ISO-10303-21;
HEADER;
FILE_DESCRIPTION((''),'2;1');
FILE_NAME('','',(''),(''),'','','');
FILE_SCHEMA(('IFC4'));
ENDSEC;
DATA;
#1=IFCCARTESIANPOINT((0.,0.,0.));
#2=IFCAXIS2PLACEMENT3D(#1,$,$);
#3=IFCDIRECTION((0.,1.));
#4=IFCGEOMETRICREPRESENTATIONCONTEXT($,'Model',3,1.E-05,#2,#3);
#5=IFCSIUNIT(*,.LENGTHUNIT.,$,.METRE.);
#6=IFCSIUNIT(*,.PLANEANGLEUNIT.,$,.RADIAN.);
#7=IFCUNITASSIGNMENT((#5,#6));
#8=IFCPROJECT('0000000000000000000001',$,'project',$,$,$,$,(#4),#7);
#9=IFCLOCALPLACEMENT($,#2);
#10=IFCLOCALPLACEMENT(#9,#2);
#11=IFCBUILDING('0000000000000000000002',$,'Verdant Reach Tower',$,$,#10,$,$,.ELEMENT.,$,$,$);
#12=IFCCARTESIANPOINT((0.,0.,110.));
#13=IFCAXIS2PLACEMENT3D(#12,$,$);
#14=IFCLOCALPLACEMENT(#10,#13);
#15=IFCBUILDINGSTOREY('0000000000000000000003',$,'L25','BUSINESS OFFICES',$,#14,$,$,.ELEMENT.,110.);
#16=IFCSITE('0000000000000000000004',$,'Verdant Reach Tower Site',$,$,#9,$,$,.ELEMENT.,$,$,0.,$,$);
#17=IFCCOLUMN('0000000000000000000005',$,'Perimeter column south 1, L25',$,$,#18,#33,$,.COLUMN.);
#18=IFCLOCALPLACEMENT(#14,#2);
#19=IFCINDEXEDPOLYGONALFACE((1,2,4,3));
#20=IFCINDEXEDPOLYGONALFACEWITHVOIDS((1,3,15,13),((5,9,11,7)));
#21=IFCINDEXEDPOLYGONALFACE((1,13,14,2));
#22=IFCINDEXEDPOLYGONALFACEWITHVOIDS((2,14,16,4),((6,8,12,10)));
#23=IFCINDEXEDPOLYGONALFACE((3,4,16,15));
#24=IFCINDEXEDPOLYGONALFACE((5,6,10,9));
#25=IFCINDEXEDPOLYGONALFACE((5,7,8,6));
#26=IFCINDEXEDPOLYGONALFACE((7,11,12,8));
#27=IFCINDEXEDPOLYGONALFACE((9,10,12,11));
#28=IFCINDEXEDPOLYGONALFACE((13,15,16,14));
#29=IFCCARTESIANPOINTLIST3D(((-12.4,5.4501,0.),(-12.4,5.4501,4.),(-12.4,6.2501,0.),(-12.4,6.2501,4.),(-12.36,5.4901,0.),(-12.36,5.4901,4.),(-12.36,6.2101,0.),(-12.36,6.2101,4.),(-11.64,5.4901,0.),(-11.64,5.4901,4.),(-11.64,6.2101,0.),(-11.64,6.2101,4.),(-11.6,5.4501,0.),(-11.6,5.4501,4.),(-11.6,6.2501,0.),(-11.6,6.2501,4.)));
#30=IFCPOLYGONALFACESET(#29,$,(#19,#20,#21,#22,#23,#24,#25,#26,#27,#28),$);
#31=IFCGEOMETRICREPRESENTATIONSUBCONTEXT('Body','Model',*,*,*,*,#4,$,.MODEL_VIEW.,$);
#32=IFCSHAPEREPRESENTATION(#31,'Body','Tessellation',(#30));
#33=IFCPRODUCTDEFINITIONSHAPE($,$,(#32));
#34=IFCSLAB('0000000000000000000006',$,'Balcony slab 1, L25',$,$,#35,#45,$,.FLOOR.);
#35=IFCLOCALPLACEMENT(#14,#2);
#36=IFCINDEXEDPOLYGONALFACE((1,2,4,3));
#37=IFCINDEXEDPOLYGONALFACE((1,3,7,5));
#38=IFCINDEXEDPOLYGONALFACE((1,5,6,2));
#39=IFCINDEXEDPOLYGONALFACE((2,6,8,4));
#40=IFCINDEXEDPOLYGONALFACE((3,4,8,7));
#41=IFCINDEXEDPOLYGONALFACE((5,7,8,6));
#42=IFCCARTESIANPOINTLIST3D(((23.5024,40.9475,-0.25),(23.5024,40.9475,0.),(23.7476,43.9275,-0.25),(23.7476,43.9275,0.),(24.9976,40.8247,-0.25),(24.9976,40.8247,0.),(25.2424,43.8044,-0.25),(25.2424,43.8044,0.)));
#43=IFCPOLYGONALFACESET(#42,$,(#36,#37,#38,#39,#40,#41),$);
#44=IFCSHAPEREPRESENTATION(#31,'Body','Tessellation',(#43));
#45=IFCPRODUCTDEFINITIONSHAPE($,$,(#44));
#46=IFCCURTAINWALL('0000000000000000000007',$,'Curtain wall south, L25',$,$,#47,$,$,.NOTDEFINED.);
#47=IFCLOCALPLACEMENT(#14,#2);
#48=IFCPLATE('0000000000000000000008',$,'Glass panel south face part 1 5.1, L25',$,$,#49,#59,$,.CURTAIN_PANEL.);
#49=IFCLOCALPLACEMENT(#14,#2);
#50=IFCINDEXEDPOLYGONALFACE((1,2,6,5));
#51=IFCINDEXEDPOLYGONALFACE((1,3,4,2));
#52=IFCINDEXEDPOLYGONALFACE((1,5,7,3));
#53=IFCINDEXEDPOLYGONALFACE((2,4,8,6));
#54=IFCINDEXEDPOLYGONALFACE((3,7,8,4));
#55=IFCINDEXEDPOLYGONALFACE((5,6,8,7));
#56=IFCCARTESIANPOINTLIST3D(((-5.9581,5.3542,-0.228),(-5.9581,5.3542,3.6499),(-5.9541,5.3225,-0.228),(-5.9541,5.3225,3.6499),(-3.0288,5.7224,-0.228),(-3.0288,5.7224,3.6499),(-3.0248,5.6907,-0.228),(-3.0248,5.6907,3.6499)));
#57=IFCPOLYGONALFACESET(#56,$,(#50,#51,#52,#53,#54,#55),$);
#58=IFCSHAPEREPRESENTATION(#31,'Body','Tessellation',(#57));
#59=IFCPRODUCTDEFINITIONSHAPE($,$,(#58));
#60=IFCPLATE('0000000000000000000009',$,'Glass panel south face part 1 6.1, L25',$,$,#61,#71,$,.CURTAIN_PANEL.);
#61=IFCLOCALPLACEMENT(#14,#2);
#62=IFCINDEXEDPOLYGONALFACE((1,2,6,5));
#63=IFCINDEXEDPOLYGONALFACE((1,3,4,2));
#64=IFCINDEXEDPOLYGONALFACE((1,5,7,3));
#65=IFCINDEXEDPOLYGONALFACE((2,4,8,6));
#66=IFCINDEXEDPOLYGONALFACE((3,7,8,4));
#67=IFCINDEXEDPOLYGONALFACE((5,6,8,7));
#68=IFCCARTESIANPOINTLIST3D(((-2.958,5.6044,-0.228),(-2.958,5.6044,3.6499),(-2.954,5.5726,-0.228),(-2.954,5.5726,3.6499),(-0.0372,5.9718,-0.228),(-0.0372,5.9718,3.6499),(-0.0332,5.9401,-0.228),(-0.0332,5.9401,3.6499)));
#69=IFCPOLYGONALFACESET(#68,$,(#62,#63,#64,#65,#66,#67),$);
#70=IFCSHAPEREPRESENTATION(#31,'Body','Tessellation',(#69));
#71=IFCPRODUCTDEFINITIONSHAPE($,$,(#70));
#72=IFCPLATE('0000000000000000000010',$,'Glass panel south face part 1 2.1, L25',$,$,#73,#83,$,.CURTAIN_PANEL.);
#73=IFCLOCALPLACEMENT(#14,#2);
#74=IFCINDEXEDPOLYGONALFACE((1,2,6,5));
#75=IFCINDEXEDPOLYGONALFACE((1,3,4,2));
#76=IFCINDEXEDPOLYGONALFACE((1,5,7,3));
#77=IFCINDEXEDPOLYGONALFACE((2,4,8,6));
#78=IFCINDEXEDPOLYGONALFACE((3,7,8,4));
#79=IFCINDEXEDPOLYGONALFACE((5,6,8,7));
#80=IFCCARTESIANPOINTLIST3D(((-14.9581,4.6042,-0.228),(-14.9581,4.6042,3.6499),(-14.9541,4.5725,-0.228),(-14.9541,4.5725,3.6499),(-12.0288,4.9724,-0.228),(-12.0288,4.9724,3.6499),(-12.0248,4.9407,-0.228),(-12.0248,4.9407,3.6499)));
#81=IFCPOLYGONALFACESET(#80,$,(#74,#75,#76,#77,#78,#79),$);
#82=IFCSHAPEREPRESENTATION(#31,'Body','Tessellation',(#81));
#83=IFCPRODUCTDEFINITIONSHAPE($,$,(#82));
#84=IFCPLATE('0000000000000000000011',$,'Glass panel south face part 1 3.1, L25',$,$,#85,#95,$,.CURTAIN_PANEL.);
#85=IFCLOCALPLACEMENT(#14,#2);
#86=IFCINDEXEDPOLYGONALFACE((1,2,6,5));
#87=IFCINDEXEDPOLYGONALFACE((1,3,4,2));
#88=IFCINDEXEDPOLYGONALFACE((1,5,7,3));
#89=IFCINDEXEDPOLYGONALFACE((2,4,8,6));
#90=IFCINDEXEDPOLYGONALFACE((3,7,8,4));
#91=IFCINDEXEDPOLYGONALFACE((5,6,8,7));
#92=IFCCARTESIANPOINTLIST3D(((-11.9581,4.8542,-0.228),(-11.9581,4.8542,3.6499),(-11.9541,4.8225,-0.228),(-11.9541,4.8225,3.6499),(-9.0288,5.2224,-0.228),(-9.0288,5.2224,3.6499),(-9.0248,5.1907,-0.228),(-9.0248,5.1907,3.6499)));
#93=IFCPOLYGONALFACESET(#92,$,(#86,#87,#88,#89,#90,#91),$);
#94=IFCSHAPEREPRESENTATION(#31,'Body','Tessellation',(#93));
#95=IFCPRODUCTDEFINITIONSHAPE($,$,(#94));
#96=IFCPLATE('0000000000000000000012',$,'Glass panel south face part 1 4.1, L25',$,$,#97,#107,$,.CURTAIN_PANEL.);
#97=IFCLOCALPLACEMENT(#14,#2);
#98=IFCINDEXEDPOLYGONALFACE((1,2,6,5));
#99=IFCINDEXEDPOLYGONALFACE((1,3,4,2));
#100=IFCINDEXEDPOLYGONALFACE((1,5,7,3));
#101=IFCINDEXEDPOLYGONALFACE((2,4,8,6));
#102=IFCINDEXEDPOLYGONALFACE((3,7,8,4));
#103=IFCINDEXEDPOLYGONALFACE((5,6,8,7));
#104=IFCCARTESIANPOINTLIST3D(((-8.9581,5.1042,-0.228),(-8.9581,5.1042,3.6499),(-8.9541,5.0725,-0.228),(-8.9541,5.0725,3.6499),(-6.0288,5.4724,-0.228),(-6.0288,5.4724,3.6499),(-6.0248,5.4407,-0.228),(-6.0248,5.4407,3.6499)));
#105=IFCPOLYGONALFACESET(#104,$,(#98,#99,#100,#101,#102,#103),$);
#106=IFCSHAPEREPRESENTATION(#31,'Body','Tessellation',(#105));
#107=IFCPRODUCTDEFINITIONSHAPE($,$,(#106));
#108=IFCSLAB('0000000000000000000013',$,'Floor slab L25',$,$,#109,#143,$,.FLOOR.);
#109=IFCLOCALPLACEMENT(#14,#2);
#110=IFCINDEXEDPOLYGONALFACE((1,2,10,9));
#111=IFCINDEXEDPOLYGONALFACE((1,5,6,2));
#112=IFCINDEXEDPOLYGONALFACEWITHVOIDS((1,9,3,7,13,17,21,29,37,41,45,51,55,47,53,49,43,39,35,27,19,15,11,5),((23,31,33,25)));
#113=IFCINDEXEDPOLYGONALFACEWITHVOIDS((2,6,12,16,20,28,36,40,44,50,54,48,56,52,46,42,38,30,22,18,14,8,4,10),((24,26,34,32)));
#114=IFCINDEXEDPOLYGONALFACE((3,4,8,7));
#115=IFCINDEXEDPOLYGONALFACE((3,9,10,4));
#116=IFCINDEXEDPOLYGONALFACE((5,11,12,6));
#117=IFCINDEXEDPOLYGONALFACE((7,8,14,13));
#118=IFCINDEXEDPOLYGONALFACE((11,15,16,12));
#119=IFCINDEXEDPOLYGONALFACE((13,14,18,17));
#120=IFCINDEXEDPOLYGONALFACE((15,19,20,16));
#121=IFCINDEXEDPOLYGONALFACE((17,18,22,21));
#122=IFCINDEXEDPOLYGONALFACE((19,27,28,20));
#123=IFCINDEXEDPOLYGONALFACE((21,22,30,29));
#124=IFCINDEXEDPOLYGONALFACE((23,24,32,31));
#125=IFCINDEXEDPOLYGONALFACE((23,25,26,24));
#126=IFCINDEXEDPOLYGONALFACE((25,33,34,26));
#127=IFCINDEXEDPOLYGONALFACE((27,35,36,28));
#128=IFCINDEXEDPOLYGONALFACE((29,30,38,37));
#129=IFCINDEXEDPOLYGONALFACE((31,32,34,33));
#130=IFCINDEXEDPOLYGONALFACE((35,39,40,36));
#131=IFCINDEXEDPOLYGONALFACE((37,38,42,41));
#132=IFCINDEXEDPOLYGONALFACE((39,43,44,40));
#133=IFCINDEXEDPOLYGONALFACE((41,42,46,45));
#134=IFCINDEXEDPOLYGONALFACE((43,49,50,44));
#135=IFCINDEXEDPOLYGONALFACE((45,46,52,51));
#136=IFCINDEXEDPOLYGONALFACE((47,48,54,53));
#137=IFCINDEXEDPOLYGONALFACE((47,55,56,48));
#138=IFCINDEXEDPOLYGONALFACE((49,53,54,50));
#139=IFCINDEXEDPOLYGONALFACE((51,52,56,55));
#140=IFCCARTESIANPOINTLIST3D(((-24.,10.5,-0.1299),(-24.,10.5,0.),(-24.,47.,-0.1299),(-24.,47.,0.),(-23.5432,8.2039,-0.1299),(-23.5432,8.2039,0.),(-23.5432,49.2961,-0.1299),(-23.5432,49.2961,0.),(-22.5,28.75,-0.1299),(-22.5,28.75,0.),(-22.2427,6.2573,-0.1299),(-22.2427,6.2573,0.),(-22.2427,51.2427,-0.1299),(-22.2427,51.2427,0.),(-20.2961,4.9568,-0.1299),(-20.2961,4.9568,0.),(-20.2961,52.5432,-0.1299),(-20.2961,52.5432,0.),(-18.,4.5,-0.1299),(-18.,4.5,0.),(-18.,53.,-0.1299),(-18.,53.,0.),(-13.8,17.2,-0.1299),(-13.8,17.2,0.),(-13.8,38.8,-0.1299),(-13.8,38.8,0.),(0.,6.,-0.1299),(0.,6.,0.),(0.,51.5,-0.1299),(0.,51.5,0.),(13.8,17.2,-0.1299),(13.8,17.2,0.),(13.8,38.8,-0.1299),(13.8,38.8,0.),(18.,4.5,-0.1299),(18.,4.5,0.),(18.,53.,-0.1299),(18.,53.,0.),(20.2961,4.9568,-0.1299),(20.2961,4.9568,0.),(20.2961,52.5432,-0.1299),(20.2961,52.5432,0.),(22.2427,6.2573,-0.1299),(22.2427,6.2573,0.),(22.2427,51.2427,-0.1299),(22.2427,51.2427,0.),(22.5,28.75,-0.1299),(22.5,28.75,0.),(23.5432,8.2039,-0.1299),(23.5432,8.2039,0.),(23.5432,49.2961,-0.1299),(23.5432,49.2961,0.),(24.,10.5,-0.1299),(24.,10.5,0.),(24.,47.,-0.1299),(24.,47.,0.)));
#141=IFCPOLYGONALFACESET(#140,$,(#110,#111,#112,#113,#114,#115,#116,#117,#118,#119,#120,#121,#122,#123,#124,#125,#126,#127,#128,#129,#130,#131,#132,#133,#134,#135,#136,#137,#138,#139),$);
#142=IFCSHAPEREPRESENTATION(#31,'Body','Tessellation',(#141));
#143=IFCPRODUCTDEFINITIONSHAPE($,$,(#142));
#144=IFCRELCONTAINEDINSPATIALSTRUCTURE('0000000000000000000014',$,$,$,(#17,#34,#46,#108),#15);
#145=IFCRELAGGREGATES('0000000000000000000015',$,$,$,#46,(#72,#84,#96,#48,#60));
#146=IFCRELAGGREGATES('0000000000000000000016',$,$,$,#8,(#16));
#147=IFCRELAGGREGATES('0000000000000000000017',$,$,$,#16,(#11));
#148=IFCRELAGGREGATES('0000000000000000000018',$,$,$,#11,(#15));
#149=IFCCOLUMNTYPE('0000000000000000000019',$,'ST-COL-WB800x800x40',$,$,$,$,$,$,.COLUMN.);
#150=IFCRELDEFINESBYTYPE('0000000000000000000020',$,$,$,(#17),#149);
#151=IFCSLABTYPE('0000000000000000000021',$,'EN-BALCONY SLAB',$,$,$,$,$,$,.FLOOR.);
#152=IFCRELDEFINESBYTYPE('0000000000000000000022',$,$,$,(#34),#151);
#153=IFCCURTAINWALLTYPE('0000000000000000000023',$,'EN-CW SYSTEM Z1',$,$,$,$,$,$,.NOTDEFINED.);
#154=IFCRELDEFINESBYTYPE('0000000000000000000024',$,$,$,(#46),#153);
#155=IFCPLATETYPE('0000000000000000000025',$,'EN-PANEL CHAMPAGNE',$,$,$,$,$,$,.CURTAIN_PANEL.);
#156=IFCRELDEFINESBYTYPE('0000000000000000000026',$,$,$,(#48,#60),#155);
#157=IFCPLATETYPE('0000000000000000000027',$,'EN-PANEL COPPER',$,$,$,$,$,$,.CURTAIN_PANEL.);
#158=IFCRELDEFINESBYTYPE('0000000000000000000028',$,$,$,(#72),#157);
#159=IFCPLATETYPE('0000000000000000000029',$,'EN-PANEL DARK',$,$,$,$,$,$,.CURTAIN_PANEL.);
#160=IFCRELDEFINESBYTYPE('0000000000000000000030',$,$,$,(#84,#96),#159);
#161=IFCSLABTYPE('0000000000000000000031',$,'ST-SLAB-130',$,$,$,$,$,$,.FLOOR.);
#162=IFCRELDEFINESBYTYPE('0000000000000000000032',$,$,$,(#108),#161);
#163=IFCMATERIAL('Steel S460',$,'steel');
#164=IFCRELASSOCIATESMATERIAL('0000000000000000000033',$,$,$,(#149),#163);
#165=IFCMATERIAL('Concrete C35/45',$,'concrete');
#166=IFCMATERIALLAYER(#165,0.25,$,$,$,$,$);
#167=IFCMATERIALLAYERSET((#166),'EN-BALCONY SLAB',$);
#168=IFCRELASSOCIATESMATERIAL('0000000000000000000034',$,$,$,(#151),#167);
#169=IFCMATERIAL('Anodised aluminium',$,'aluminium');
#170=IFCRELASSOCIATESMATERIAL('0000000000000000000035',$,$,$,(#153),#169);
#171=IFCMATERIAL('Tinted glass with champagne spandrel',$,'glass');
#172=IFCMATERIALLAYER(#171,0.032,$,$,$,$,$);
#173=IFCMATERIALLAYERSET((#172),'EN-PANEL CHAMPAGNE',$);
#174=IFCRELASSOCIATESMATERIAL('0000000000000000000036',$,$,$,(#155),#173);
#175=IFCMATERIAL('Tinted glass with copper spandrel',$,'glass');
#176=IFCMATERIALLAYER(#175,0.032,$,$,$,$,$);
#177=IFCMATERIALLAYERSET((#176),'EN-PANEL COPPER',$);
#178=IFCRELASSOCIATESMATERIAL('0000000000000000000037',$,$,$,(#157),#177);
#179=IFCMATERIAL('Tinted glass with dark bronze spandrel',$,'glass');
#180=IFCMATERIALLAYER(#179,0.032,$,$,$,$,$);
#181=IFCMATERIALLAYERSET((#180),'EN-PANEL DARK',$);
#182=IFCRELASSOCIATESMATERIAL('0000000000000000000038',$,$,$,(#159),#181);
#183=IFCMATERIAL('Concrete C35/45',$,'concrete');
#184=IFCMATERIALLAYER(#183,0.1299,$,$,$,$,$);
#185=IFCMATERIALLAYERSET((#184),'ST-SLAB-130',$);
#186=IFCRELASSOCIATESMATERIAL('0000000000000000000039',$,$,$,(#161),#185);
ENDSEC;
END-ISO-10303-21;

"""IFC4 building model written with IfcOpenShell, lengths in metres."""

from ifc_helpers import new_model, si_unit, direction, frame, origin, origin_2d, place, context, subcontext, project, spatial, polyline, rectangle, hollow_rectangle, outline, extrude, material, layer, layer_set, material_profile, profile_set, type_object, element, aggregate, save


model = new_model("IFC4")

# Units and contexts
model_context = context("Model", 3, precision=1e-05, world=origin(), true_north=direction((0.0, 1.0)))
body_context = subcontext(model_context, "Body", "Model", "MODEL_VIEW")
ifc_project = project(units=[si_unit("LENGTHUNIT", "METRE"), si_unit("PLANEANGLEUNIT", "RADIAN")], contexts=[model_context])

# Site, building, storey
site_placement = place(None, origin())
site = spatial("IfcSite", under=ifc_project, at=site_placement, Name="Verdant Reach Tower Site", CompositionType="ELEMENT", RefElevation=0.0)
building_placement = place(site_placement, origin())
building = spatial("IfcBuilding", under=site, at=building_placement, Name="Verdant Reach Tower", CompositionType="ELEMENT")
storey_placement = place(building_placement, frame((0.0, 0.0, 110.0)))
storey = spatial("IfcBuildingStorey", under=building, at=storey_placement, Name="L25", Description="BUSINESS OFFICES", CompositionType="ELEMENT", Elevation=110.0)

# Column
ifc_material_1 = material(Name="Steel S460", Category="steel")
ifc_material_profile = material_profile(ifc_material_1, hollow_rectangle(XDim=0.8, YDim=0.8, WallThickness=0.04, at=origin_2d()), Name="WB 800x800x40")
ifc_profile_set = profile_set([ifc_material_profile], Name="Steel S460")
column_type = type_object("IfcColumnType", Name="ST-COL-WB800x800x40", PredefinedType="COLUMN", material=ifc_profile_set)
column_placement = place(storey_placement, frame((-12.0, 5.8501, 0.0), z_axis=(0.0, 0.0, 1.0), x_axis=(1.0, 0.0, 0.0)))
element("IfcColumn", 1, at=column_placement, inside=storey, type_object=column_type, Name="Perimeter column south 1, L25", PredefinedType="COLUMN", context=body_context, shape_type="SweptSolid", body=[
    extrude(hollow_rectangle(XDim=0.8, YDim=0.8, WallThickness=0.04, at=origin_2d()), origin(), (0.0, 0.0, 1.0), 4.0),
])

# Slab
ifc_material_2 = material(Name="Concrete C35/45", Category="concrete")
ifc_layer_1 = layer(ifc_material_2, 0.25)
ifc_layer_set_1 = layer_set([ifc_layer_1], Name="EN-BALCONY SLAB")
slab_type_1 = type_object("IfcSlabType", Name="EN-BALCONY SLAB", PredefinedType="FLOOR", material=ifc_layer_set_1)
slab_1_placement = place(storey_placement, frame((0.0, 0.0, -0.25)))
element("IfcSlab", 2, at=slab_1_placement, inside=storey, type_object=slab_type_1, Name="Balcony slab 1, L25", PredefinedType="FLOOR", context=body_context, shape_type="SweptSolid", body=[
    extrude(outline(polyline([(23.5024, 40.9475), (23.7476, 43.9275), (25.2424, 43.8044), (24.9976, 40.8247), (23.5024, 40.9475)])), origin(), (0.0, 0.0, 1.0), 0.25),
])

# Curtain wall, plates
ifc_material_3 = material(Name="Anodised aluminium", Category="aluminium")
curtain_wall_type = type_object("IfcCurtainWallType", Name="EN-CW SYSTEM Z1", PredefinedType="NOTDEFINED", material=ifc_material_3)
curtain_wall_placement = place(storey_placement, origin())
curtain_wall = element("IfcCurtainWall", 3, at=curtain_wall_placement, inside=storey, type_object=curtain_wall_type, Name="Curtain wall south, L25", PredefinedType="NOTDEFINED")
ifc_material_4 = material(Name="Tinted glass with champagne spandrel", Category="glass")
ifc_layer_2 = layer(ifc_material_4, 0.032)
ifc_layer_set_2 = layer_set([ifc_layer_2], Name="EN-PANEL CHAMPAGNE")
plate_type_1 = type_object("IfcPlateType", Name="EN-PANEL CHAMPAGNE", PredefinedType="CURTAIN_PANEL", material=ifc_layer_set_2)
plate_1_placement = place(storey_placement, frame((-4.4915, 5.5225, -0.228), z_axis=(0.0, 0.0, 1.0), x_axis=(0.992194, 0.124704, 0.0)))
plate_1 = element("IfcPlate", 4, at=plate_1_placement, type_object=plate_type_1, Name="Glass panel south face part 1 5.1, L25", PredefinedType="CURTAIN_PANEL", context=body_context, shape_type="SweptSolid", body=[
    extrude(rectangle(XDim=2.9524, YDim=0.032, at=origin_2d()), origin(), (0.0, 0.0, 1.0), 3.8779),
])
plate_2_placement = place(storey_placement, frame((-1.4956, 5.7722, -0.228), z_axis=(0.0, 0.0, 1.0), x_axis=(0.992179, 0.124821, 0.0)))
plate_2 = element("IfcPlate", 5, at=plate_2_placement, type_object=plate_type_1, Name="Glass panel south face part 1 6.1, L25", PredefinedType="CURTAIN_PANEL", context=body_context, shape_type="SweptSolid", body=[
    extrude(rectangle(XDim=2.9438, YDim=0.032, at=origin_2d()), origin(), (0.0, 0.0, 1.0), 3.8779),
])
ifc_material_5 = material(Name="Tinted glass with copper spandrel", Category="glass")
ifc_layer_3 = layer(ifc_material_5, 0.032)
ifc_layer_set_3 = layer_set([ifc_layer_3], Name="EN-PANEL COPPER")
plate_type_2 = type_object("IfcPlateType", Name="EN-PANEL COPPER", PredefinedType="CURTAIN_PANEL", material=ifc_layer_set_3)
plate_3_placement = place(storey_placement, frame((-13.4915, 4.7725, -0.228), z_axis=(0.0, 0.0, 1.0), x_axis=(0.992194, 0.124704, 0.0)))
plate_3 = element("IfcPlate", 6, at=plate_3_placement, type_object=plate_type_2, Name="Glass panel south face part 1 2.1, L25", PredefinedType="CURTAIN_PANEL", context=body_context, shape_type="SweptSolid", body=[
    extrude(rectangle(XDim=2.9524, YDim=0.032, at=origin_2d()), origin(), (0.0, 0.0, 1.0), 3.8779),
])
ifc_material_6 = material(Name="Tinted glass with dark bronze spandrel", Category="glass")
ifc_layer_4 = layer(ifc_material_6, 0.032)
ifc_layer_set_4 = layer_set([ifc_layer_4], Name="EN-PANEL DARK")
plate_type_3 = type_object("IfcPlateType", Name="EN-PANEL DARK", PredefinedType="CURTAIN_PANEL", material=ifc_layer_set_4)
plate_4_placement = place(storey_placement, frame((-10.4915, 5.0225, -0.228), z_axis=(0.0, 0.0, 1.0), x_axis=(0.992194, 0.124704, 0.0)))
plate_4 = element("IfcPlate", 7, at=plate_4_placement, type_object=plate_type_3, Name="Glass panel south face part 1 3.1, L25", PredefinedType="CURTAIN_PANEL", context=body_context, shape_type="SweptSolid", body=[
    extrude(rectangle(XDim=2.9524, YDim=0.032, at=origin_2d()), origin(), (0.0, 0.0, 1.0), 3.8779),
])
plate_5_placement = place(storey_placement, frame((-7.4915, 5.2725, -0.228), z_axis=(0.0, 0.0, 1.0), x_axis=(0.992194, 0.124704, 0.0)))
plate_5 = element("IfcPlate", 8, at=plate_5_placement, type_object=plate_type_3, Name="Glass panel south face part 1 4.1, L25", PredefinedType="CURTAIN_PANEL", context=body_context, shape_type="SweptSolid", body=[
    extrude(rectangle(XDim=2.9524, YDim=0.032, at=origin_2d()), origin(), (0.0, 0.0, 1.0), 3.8779),
])
aggregate(curtain_wall, [plate_3, plate_4, plate_5, plate_1, plate_2])

# Slab
ifc_material_7 = material(Name="Concrete C35/45", Category="concrete")
ifc_layer_5 = layer(ifc_material_7, 0.1299)
ifc_layer_set_5 = layer_set([ifc_layer_5], Name="ST-SLAB-130")
slab_type_2 = type_object("IfcSlabType", Name="ST-SLAB-130", PredefinedType="FLOOR", material=ifc_layer_set_5)
slab_2_placement = place(storey_placement, frame((0.0, 0.0, -0.1299)))
element("IfcSlab", 9, at=slab_2_placement, inside=storey, type_object=slab_type_2, Name="Floor slab L25", PredefinedType="FLOOR", context=body_context, shape_type="SweptSolid", body=[
    extrude(outline(polyline([(0.0, 6.0), (-18.0, 4.5), (-20.2961, 4.9568), (-22.2427, 6.2573), (-23.5432, 8.2039), (-24.0, 10.5), (-22.5, 28.75), (-24.0, 47.0), (-23.5432, 49.2961), (-22.2427, 51.2427), (-20.2961, 52.5432), (-18.0, 53.0), (0.0, 51.5), (18.0, 53.0), (20.2961, 52.5432), (22.2427, 51.2427), (23.5432, 49.2961), (24.0, 47.0), (22.5, 28.75), (24.0, 10.5), (23.5432, 8.2039), (22.2427, 6.2573), (20.2961, 4.9568), (18.0, 4.5), (0.0, 6.0)]), holes=[polyline([(13.8, 38.8), (-13.8, 38.8), (-13.8, 17.2), (13.8, 17.2), (13.8, 38.8)])]), origin(), (0.0, 0.0, 1.0), 0.1299),
])

save(model, "model.ifc")
